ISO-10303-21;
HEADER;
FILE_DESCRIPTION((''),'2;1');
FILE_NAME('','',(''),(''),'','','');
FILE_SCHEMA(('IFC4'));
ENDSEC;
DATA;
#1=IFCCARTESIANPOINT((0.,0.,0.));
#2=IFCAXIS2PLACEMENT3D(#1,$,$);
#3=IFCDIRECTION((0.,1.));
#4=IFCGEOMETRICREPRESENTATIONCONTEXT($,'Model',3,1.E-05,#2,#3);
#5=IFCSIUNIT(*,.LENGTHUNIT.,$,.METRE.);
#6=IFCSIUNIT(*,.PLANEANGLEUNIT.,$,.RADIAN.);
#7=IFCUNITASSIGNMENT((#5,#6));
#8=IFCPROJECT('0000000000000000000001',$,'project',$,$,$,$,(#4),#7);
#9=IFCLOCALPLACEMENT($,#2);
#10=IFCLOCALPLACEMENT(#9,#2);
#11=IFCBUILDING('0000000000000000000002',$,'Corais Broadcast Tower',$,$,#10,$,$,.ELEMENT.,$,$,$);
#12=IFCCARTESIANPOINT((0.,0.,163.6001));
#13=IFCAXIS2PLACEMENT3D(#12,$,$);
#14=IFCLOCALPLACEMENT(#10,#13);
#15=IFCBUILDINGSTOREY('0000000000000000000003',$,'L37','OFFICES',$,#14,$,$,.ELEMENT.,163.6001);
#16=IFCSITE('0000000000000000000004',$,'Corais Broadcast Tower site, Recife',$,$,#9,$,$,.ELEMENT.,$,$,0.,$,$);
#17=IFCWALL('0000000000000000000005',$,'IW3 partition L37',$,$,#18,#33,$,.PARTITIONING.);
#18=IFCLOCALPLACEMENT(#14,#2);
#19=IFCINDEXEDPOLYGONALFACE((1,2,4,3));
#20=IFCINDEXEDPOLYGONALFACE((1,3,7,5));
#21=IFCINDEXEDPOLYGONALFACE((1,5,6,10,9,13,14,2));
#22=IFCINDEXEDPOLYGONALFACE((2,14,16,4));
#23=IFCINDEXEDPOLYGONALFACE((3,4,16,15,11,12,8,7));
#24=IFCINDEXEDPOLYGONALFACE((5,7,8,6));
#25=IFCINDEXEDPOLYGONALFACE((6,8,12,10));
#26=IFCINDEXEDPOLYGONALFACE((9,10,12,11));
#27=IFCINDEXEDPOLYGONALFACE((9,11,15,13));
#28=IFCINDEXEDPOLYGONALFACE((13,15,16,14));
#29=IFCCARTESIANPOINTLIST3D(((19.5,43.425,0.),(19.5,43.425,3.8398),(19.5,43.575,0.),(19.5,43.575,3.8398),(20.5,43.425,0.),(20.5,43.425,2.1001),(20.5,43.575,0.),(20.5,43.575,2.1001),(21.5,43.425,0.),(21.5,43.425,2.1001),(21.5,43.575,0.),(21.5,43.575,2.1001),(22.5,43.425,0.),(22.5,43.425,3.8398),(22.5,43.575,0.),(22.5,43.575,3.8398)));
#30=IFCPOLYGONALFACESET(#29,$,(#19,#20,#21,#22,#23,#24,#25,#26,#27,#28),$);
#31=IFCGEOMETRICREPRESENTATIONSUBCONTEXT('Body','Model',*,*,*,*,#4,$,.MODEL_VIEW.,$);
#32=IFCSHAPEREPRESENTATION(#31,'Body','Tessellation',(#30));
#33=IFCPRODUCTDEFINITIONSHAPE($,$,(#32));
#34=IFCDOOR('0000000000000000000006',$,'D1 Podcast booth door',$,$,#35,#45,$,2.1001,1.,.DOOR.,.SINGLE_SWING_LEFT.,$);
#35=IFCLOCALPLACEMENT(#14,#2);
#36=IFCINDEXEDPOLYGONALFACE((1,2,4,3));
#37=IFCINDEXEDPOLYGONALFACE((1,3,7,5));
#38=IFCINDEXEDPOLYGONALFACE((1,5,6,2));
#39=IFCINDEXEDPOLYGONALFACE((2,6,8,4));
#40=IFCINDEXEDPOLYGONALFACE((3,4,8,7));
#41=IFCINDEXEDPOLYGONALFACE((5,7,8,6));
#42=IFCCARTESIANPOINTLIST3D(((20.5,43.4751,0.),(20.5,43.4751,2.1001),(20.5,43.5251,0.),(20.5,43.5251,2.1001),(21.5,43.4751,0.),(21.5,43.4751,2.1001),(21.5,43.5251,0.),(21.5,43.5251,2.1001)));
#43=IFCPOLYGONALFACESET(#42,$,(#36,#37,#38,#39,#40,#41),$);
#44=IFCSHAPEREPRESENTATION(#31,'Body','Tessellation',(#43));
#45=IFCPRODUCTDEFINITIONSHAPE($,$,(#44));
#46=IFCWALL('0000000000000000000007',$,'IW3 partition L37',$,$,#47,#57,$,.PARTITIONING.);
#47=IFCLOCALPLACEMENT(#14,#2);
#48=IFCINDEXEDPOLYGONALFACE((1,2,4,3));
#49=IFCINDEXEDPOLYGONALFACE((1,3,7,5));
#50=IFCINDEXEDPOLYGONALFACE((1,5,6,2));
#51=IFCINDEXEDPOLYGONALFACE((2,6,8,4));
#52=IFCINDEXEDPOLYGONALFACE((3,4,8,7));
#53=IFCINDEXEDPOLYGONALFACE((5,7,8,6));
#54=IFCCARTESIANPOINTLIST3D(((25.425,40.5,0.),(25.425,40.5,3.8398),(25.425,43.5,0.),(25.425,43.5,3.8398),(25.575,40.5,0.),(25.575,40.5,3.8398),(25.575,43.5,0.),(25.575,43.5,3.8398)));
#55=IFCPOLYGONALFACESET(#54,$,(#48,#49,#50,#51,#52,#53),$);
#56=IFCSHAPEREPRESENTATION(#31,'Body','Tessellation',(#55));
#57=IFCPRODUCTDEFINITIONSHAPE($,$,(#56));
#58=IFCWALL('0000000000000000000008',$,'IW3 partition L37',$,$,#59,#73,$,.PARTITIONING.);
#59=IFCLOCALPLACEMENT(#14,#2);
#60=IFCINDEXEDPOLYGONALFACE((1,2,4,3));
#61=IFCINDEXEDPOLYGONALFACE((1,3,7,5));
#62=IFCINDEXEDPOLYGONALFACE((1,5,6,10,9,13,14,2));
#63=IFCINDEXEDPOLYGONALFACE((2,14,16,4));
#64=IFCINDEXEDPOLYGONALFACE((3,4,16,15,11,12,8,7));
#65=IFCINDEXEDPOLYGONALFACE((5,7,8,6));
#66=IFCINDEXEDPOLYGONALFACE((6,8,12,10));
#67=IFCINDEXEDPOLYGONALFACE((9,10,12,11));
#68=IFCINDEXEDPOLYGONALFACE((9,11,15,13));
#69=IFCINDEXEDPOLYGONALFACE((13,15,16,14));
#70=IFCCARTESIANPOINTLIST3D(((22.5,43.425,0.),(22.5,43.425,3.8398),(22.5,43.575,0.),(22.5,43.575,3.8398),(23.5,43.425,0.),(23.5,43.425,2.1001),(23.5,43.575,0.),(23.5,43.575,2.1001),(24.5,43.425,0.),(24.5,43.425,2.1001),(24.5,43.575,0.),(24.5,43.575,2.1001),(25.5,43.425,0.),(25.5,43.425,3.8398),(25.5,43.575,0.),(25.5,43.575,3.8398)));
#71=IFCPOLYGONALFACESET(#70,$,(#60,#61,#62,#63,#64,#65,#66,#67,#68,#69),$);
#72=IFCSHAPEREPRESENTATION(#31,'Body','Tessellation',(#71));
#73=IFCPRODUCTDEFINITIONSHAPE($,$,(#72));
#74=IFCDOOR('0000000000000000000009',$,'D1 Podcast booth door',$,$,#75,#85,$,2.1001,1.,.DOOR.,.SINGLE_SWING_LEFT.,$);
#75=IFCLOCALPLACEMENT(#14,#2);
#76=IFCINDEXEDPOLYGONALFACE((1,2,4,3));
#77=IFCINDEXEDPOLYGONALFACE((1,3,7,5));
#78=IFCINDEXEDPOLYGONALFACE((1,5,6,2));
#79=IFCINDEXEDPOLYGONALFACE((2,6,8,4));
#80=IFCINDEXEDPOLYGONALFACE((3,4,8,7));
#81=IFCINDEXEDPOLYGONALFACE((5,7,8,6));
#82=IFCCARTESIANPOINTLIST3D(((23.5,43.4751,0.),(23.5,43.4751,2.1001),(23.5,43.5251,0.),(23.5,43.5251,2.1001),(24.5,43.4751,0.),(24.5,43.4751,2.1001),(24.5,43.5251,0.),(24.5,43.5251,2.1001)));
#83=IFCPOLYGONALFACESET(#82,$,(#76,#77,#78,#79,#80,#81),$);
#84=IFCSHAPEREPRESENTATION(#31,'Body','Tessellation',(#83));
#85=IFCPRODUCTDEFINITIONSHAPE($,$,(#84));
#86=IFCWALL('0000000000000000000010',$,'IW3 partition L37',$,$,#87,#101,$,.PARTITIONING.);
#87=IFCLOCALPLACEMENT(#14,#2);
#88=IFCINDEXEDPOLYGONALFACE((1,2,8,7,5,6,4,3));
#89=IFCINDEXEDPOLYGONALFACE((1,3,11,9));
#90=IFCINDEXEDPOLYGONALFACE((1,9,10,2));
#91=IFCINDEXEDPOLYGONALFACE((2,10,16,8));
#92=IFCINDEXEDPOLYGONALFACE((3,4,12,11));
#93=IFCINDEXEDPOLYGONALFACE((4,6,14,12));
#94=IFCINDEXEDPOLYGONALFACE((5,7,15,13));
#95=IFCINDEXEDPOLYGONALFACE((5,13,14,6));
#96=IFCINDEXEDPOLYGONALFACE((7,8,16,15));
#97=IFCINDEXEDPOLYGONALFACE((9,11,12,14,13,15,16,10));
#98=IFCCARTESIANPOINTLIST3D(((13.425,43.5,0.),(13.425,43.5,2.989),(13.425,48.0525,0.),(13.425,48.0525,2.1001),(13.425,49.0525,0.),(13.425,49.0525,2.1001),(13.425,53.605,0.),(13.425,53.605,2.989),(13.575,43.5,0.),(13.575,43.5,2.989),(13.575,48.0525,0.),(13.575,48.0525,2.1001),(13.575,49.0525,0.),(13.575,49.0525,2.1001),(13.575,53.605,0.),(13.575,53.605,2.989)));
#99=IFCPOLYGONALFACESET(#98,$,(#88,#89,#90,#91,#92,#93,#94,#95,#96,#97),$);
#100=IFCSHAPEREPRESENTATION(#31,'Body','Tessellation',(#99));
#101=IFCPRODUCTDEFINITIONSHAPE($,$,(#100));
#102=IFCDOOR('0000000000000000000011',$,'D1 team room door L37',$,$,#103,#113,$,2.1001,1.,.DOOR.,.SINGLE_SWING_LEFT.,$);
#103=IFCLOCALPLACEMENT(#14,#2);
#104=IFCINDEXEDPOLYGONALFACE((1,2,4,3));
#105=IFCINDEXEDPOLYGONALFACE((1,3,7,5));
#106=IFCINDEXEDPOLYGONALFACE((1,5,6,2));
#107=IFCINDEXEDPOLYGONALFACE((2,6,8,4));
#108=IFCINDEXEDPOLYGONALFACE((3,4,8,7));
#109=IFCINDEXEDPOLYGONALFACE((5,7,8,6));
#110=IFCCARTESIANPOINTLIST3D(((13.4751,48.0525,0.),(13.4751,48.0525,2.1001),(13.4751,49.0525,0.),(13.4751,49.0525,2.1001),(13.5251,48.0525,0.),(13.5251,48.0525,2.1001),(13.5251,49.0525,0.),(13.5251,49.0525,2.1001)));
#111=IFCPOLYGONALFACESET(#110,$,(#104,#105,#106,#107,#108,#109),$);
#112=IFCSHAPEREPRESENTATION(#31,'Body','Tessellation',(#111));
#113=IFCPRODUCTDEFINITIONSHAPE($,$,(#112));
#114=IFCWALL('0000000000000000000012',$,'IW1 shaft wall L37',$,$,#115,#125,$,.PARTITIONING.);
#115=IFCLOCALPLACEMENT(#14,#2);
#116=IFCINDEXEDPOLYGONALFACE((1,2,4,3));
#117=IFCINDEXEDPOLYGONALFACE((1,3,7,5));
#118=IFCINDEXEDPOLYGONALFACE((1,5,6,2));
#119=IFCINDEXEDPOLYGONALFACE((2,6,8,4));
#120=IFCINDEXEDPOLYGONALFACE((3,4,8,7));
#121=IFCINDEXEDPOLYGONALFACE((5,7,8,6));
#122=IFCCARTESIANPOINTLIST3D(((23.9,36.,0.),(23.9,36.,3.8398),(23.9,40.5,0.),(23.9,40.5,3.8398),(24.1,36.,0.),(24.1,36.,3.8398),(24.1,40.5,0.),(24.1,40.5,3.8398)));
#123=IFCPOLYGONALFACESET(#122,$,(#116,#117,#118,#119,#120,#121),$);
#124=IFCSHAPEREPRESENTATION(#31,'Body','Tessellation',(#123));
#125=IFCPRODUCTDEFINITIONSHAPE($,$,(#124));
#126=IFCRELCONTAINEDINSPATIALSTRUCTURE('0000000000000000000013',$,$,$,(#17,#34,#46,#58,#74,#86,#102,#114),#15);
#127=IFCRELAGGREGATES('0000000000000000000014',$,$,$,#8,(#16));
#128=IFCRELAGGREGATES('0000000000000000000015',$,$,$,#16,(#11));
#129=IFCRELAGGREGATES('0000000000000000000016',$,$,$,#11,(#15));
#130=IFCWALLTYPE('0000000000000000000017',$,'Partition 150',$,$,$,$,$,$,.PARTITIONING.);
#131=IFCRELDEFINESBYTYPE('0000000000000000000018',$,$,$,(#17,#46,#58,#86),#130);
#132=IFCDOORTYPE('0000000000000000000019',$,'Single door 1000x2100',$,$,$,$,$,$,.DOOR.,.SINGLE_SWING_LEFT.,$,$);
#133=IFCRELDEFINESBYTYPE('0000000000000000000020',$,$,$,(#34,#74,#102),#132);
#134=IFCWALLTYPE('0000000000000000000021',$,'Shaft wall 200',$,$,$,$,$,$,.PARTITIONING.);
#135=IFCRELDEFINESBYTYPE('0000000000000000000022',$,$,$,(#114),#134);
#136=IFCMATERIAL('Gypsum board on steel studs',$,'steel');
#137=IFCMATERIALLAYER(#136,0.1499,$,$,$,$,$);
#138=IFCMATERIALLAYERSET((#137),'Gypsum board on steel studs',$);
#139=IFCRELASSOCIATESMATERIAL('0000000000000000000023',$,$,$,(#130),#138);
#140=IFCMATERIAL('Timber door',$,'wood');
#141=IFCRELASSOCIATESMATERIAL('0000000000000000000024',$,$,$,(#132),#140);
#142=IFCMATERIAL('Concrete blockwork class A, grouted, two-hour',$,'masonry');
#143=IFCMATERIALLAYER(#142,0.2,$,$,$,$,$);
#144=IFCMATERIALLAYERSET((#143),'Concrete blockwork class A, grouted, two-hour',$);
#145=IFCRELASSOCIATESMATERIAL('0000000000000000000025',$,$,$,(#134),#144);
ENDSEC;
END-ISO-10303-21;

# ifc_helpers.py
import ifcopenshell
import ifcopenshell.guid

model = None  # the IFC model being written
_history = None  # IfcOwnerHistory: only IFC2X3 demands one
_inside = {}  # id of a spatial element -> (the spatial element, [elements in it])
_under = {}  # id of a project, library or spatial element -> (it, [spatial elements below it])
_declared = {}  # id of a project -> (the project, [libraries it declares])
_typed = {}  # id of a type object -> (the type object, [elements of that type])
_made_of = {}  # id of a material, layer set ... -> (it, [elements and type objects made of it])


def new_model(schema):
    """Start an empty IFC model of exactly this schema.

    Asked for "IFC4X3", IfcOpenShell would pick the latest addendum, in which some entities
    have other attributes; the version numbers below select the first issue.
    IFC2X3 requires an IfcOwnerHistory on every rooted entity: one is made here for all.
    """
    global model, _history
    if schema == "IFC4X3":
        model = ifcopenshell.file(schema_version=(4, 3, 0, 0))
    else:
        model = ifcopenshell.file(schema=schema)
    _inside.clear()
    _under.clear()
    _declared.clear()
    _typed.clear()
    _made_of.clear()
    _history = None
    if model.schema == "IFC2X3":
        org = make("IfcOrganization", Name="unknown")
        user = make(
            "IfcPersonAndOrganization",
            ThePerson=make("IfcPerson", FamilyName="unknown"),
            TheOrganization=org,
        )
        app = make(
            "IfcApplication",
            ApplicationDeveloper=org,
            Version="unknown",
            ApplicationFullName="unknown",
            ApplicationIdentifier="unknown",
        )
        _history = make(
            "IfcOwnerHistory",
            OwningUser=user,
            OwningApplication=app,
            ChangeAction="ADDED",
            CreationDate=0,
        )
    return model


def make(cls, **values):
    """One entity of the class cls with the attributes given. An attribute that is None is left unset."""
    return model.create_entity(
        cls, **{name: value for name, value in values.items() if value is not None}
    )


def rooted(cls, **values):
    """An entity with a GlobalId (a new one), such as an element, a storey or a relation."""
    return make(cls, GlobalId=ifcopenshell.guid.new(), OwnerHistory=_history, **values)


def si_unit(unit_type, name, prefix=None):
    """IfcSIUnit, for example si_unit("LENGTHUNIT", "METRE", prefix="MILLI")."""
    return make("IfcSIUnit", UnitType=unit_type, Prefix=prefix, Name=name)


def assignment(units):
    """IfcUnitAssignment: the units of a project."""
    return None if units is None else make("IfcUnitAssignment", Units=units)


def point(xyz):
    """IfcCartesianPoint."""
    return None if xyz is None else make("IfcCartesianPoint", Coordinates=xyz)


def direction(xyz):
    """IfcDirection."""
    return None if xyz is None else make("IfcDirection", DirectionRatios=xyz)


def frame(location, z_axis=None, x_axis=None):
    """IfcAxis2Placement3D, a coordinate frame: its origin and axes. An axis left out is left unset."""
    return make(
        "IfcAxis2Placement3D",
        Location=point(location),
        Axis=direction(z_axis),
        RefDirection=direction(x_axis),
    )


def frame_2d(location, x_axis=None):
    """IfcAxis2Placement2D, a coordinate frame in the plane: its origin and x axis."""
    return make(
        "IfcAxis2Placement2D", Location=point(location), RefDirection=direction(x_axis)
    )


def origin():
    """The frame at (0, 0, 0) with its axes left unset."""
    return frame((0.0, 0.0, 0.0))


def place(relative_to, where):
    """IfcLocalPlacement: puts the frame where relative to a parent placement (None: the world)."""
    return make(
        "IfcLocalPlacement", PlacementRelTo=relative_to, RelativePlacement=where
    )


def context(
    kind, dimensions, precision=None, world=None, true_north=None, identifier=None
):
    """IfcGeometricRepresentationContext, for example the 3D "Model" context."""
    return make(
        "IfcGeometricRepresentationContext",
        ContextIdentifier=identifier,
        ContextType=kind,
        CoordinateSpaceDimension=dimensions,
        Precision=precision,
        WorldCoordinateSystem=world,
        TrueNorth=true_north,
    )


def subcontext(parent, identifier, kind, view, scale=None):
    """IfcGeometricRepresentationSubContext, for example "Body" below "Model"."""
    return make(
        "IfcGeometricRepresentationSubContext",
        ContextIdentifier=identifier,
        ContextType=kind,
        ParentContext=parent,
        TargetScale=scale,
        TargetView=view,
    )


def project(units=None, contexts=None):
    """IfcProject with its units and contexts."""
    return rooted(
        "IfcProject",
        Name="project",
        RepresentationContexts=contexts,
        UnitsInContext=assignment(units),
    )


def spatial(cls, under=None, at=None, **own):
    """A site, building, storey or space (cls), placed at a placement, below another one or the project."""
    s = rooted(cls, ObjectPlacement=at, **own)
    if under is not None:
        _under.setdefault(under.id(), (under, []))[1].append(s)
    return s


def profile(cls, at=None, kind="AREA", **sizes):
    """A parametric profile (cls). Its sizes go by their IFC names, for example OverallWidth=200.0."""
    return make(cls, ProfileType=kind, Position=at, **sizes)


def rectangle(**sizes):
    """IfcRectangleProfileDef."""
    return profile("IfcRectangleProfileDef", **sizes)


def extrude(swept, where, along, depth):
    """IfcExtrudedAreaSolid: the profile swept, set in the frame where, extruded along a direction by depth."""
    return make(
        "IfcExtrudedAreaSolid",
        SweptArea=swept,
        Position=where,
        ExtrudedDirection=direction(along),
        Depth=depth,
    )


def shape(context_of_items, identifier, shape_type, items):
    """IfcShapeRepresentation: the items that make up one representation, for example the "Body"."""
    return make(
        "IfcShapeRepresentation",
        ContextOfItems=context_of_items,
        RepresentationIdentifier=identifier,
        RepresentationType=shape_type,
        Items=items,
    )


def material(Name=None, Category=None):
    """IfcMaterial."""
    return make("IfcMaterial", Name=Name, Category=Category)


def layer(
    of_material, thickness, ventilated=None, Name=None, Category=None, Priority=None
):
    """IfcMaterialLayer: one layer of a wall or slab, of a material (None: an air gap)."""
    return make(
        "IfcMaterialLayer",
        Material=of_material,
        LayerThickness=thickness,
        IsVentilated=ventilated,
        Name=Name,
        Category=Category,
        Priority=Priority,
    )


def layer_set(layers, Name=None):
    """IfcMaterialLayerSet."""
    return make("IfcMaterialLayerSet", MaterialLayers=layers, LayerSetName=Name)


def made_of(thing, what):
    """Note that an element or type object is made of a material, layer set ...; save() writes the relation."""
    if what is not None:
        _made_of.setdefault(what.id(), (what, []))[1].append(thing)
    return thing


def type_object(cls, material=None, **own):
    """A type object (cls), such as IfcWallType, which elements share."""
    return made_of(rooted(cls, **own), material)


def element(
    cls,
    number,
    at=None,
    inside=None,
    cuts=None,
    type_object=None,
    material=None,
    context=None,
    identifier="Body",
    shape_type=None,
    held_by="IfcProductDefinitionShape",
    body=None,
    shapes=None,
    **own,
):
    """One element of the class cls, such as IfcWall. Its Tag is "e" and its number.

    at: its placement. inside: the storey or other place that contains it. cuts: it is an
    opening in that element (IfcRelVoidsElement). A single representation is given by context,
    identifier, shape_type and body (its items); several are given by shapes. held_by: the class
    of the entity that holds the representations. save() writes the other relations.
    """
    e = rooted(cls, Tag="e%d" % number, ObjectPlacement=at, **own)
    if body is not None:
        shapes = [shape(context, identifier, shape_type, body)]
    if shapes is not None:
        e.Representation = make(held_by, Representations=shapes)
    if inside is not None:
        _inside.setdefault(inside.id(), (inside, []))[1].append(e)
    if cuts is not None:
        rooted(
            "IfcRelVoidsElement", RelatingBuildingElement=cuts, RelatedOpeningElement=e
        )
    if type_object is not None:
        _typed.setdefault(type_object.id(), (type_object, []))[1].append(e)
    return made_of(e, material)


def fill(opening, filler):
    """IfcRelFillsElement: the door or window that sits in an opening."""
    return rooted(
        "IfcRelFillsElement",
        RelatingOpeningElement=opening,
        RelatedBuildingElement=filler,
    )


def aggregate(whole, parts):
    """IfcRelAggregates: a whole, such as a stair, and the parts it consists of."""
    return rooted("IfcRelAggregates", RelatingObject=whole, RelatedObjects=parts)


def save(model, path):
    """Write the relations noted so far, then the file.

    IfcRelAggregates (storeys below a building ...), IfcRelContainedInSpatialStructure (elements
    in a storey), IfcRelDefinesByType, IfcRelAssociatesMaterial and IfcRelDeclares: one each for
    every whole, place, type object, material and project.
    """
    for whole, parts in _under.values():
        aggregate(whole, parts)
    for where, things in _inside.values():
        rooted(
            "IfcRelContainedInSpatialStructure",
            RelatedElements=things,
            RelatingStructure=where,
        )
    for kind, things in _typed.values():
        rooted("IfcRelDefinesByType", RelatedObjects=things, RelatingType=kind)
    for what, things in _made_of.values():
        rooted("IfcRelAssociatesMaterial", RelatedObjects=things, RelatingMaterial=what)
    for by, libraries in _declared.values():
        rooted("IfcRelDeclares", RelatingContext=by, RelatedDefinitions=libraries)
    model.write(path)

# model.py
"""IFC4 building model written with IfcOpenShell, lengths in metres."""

from ifc_helpers import new_model, si_unit, direction, frame, frame_2d, origin, place, context, subcontext, project, spatial, rectangle, extrude, material, layer, layer_set, type_object, element, fill, save


model = new_model("IFC4")

# Units and contexts
model_context = context("Model", 3, precision=1e-05, world=origin(), true_north=direction((0.0, 1.0)))
body_context = subcontext(model_context, "Body", "Model", "MODEL_VIEW")
ifc_project = project(units=[si_unit("LENGTHUNIT", "METRE"), si_unit("PLANEANGLEUNIT", "RADIAN")], contexts=[model_context])

# Site, building, storey
site_placement = place(None, origin())
site = spatial("IfcSite", under=ifc_project, at=site_placement, Name="Corais Broadcast Tower site, Recife", CompositionType="ELEMENT", RefElevation=0.0)
building_placement = place(site_placement, origin())
building = spatial("IfcBuilding", under=site, at=building_placement, Name="Corais Broadcast Tower", CompositionType="ELEMENT")
storey_placement = place(building_placement, frame((0.0, 0.0, 163.6001)))
storey = spatial("IfcBuildingStorey", under=building, at=storey_placement, Name="L37", Description="OFFICES", CompositionType="ELEMENT", Elevation=163.6001)

# Shared definitions
ifc_material_1 = material(Name="Gypsum board on steel studs", Category="steel")
ifc_layer_1 = layer(ifc_material_1, 0.1499)
ifc_layer_set_1 = layer_set([ifc_layer_1], Name="Gypsum board on steel studs")
wall_type_1 = type_object("IfcWallType", Name="Partition 150", PredefinedType="PARTITIONING", material=ifc_layer_set_1)

# Shared definitions
ifc_material_2 = material(Name="Timber door", Category="wood")
door_type_1 = type_object("IfcDoorType", Name="Single door 1000x2100", OperationType="SINGLE_SWING_LEFT", PredefinedType="DOOR", material=ifc_material_2)

# Wall, opening, door
wall_1_placement = place(storey_placement, frame((22.5, 43.5, 0.0), z_axis=(0.0, 0.0, 1.0), x_axis=(-1.0, 0.0, 0.0)))
wall_1 = element("IfcWall", 1, at=wall_1_placement, inside=storey, type_object=wall_type_1, Name="IW3 partition L37", PredefinedType="PARTITIONING", context=body_context, shape_type="SweptSolid", body=[
    extrude(rectangle(XDim=3.0, YDim=0.1499, at=frame_2d((1.5, 0.0))), origin(), (0.0, 0.0, 1.0), 3.8398),
])
opening_1_placement = place(wall_1_placement, frame((1.0, 0.0, 0.0)))
opening_1 = element("IfcOpeningElement", 2, at=opening_1_placement, cuts=wall_1, PredefinedType="OPENING", context=body_context, shape_type="SweptSolid", body=[
    extrude(rectangle(XDim=1.0, YDim=2.1001, at=frame_2d((0.5, 1.05))), frame((0.0, 0.085, 0.0), z_axis=(0.0, -1.0, 0.0), x_axis=(1.0, 0.0, 0.0)), (0.0, 0.0, 1.0), 0.1699),
])
door_1_placement = place(opening_1_placement, origin())
door_1 = element("IfcDoor", 3, at=door_1_placement, inside=storey, type_object=door_type_1, Name="D1 Podcast booth door", OperationType="SINGLE_SWING_LEFT", OverallHeight=2.1001, OverallWidth=1.0, PredefinedType="DOOR", context=body_context, shape_type="SweptSolid", body=[
    extrude(rectangle(XDim=1.0, YDim=2.1001, at=frame_2d((0.5, 1.05))), frame((0.0, 0.0249, 0.0), z_axis=(0.0, -1.0, 0.0), x_axis=(1.0, 0.0, 0.0)), (0.0, 0.0, 1.0), 0.05),
])
fill(opening_1, door_1)

# Wall
wall_2_placement = place(storey_placement, frame((25.5, 40.5, 0.0), z_axis=(0.0, 0.0, 1.0), x_axis=(0.0, 1.0, 0.0)))
element("IfcWall", 4, at=wall_2_placement, inside=storey, type_object=wall_type_1, Name="IW3 partition L37", PredefinedType="PARTITIONING", context=body_context, shape_type="SweptSolid", body=[
    extrude(rectangle(XDim=3.0, YDim=0.1499, at=frame_2d((1.5, 0.0))), origin(), (0.0, 0.0, 1.0), 3.8398),
])

# Walls, openings, doors
wall_3_placement = place(storey_placement, frame((25.5, 43.5, 0.0), z_axis=(0.0, 0.0, 1.0), x_axis=(-1.0, 0.0, 0.0)))
wall_3 = element("IfcWall", 5, at=wall_3_placement, inside=storey, type_object=wall_type_1, Name="IW3 partition L37", PredefinedType="PARTITIONING", context=body_context, shape_type="SweptSolid", body=[
    extrude(rectangle(XDim=3.0, YDim=0.1499, at=frame_2d((1.5, 0.0))), origin(), (0.0, 0.0, 1.0), 3.8398),
])
opening_2_placement = place(wall_3_placement, frame((1.0, 0.0, 0.0)))
opening_2 = element("IfcOpeningElement", 6, at=opening_2_placement, cuts=wall_3, PredefinedType="OPENING", context=body_context, shape_type="SweptSolid", body=[
    extrude(rectangle(XDim=1.0, YDim=2.1001, at=frame_2d((0.5, 1.05))), frame((0.0, 0.085, 0.0), z_axis=(0.0, -1.0, 0.0), x_axis=(1.0, 0.0, 0.0)), (0.0, 0.0, 1.0), 0.1699),
])
door_2_placement = place(opening_2_placement, origin())
door_2 = element("IfcDoor", 7, at=door_2_placement, inside=storey, type_object=door_type_1, Name="D1 Podcast booth door", OperationType="SINGLE_SWING_LEFT", OverallHeight=2.1001, OverallWidth=1.0, PredefinedType="DOOR", context=body_context, shape_type="SweptSolid", body=[
    extrude(rectangle(XDim=1.0, YDim=2.1001, at=frame_2d((0.5, 1.05))), frame((0.0, 0.0249, 0.0), z_axis=(0.0, -1.0, 0.0), x_axis=(1.0, 0.0, 0.0)), (0.0, 0.0, 1.0), 0.05),
])
fill(opening_2, door_2)
wall_4_placement = place(storey_placement, frame((13.5, 43.5, 0.0), z_axis=(0.0, 0.0, 1.0), x_axis=(0.0, 1.0, 0.0)))
wall_4 = element("IfcWall", 8, at=wall_4_placement, inside=storey, type_object=wall_type_1, Name="IW3 partition L37", PredefinedType="PARTITIONING", context=body_context, shape_type="SweptSolid", body=[
    extrude(rectangle(XDim=10.105, YDim=0.1499, at=frame_2d((5.0525, 0.0))), origin(), (0.0, 0.0, 1.0), 2.989),
])
opening_3_placement = place(wall_4_placement, frame((4.5525, 0.0, 0.0)))
opening_3 = element("IfcOpeningElement", 9, at=opening_3_placement, cuts=wall_4, PredefinedType="OPENING", context=body_context, shape_type="SweptSolid", body=[
    extrude(rectangle(XDim=1.0, YDim=2.1001, at=frame_2d((0.5, 1.05))), frame((0.0, 0.085, 0.0), z_axis=(0.0, -1.0, 0.0), x_axis=(1.0, 0.0, 0.0)), (0.0, 0.0, 1.0), 0.1699),
])
door_3_placement = place(opening_3_placement, origin())
door_3 = element("IfcDoor", 10, at=door_3_placement, inside=storey, type_object=door_type_1, Name="D1 team room door L37", OperationType="SINGLE_SWING_LEFT", OverallHeight=2.1001, OverallWidth=1.0, PredefinedType="DOOR", context=body_context, shape_type="SweptSolid", body=[
    extrude(rectangle(XDim=1.0, YDim=2.1001, at=frame_2d((0.5, 1.05))), frame((0.0, 0.0249, 0.0), z_axis=(0.0, -1.0, 0.0), x_axis=(1.0, 0.0, 0.0)), (0.0, 0.0, 1.0), 0.05),
])
fill(opening_3, door_3)

# Wall
ifc_material_3 = material(Name="Concrete blockwork class A, grouted, two-hour", Category="masonry")
ifc_layer_2 = layer(ifc_material_3, 0.2)
ifc_layer_set_2 = layer_set([ifc_layer_2], Name="Concrete blockwork class A, grouted, two-hour")
wall_type_2 = type_object("IfcWallType", Name="Shaft wall 200", PredefinedType="PARTITIONING", material=ifc_layer_set_2)
wall_5_placement = place(storey_placement, frame((24.0, 36.0, 0.0), z_axis=(0.0, 0.0, 1.0), x_axis=(0.0, 1.0, 0.0)))
element("IfcWall", 11, at=wall_5_placement, inside=storey, type_object=wall_type_2, Name="IW1 shaft wall L37", PredefinedType="PARTITIONING", context=body_context, shape_type="SweptSolid", body=[
    extrude(rectangle(XDim=4.5, YDim=0.2, at=frame_2d((2.25, 0.0))), origin(), (0.0, 0.0, 1.0), 3.8398),
])

save(model, "model.ifc")
